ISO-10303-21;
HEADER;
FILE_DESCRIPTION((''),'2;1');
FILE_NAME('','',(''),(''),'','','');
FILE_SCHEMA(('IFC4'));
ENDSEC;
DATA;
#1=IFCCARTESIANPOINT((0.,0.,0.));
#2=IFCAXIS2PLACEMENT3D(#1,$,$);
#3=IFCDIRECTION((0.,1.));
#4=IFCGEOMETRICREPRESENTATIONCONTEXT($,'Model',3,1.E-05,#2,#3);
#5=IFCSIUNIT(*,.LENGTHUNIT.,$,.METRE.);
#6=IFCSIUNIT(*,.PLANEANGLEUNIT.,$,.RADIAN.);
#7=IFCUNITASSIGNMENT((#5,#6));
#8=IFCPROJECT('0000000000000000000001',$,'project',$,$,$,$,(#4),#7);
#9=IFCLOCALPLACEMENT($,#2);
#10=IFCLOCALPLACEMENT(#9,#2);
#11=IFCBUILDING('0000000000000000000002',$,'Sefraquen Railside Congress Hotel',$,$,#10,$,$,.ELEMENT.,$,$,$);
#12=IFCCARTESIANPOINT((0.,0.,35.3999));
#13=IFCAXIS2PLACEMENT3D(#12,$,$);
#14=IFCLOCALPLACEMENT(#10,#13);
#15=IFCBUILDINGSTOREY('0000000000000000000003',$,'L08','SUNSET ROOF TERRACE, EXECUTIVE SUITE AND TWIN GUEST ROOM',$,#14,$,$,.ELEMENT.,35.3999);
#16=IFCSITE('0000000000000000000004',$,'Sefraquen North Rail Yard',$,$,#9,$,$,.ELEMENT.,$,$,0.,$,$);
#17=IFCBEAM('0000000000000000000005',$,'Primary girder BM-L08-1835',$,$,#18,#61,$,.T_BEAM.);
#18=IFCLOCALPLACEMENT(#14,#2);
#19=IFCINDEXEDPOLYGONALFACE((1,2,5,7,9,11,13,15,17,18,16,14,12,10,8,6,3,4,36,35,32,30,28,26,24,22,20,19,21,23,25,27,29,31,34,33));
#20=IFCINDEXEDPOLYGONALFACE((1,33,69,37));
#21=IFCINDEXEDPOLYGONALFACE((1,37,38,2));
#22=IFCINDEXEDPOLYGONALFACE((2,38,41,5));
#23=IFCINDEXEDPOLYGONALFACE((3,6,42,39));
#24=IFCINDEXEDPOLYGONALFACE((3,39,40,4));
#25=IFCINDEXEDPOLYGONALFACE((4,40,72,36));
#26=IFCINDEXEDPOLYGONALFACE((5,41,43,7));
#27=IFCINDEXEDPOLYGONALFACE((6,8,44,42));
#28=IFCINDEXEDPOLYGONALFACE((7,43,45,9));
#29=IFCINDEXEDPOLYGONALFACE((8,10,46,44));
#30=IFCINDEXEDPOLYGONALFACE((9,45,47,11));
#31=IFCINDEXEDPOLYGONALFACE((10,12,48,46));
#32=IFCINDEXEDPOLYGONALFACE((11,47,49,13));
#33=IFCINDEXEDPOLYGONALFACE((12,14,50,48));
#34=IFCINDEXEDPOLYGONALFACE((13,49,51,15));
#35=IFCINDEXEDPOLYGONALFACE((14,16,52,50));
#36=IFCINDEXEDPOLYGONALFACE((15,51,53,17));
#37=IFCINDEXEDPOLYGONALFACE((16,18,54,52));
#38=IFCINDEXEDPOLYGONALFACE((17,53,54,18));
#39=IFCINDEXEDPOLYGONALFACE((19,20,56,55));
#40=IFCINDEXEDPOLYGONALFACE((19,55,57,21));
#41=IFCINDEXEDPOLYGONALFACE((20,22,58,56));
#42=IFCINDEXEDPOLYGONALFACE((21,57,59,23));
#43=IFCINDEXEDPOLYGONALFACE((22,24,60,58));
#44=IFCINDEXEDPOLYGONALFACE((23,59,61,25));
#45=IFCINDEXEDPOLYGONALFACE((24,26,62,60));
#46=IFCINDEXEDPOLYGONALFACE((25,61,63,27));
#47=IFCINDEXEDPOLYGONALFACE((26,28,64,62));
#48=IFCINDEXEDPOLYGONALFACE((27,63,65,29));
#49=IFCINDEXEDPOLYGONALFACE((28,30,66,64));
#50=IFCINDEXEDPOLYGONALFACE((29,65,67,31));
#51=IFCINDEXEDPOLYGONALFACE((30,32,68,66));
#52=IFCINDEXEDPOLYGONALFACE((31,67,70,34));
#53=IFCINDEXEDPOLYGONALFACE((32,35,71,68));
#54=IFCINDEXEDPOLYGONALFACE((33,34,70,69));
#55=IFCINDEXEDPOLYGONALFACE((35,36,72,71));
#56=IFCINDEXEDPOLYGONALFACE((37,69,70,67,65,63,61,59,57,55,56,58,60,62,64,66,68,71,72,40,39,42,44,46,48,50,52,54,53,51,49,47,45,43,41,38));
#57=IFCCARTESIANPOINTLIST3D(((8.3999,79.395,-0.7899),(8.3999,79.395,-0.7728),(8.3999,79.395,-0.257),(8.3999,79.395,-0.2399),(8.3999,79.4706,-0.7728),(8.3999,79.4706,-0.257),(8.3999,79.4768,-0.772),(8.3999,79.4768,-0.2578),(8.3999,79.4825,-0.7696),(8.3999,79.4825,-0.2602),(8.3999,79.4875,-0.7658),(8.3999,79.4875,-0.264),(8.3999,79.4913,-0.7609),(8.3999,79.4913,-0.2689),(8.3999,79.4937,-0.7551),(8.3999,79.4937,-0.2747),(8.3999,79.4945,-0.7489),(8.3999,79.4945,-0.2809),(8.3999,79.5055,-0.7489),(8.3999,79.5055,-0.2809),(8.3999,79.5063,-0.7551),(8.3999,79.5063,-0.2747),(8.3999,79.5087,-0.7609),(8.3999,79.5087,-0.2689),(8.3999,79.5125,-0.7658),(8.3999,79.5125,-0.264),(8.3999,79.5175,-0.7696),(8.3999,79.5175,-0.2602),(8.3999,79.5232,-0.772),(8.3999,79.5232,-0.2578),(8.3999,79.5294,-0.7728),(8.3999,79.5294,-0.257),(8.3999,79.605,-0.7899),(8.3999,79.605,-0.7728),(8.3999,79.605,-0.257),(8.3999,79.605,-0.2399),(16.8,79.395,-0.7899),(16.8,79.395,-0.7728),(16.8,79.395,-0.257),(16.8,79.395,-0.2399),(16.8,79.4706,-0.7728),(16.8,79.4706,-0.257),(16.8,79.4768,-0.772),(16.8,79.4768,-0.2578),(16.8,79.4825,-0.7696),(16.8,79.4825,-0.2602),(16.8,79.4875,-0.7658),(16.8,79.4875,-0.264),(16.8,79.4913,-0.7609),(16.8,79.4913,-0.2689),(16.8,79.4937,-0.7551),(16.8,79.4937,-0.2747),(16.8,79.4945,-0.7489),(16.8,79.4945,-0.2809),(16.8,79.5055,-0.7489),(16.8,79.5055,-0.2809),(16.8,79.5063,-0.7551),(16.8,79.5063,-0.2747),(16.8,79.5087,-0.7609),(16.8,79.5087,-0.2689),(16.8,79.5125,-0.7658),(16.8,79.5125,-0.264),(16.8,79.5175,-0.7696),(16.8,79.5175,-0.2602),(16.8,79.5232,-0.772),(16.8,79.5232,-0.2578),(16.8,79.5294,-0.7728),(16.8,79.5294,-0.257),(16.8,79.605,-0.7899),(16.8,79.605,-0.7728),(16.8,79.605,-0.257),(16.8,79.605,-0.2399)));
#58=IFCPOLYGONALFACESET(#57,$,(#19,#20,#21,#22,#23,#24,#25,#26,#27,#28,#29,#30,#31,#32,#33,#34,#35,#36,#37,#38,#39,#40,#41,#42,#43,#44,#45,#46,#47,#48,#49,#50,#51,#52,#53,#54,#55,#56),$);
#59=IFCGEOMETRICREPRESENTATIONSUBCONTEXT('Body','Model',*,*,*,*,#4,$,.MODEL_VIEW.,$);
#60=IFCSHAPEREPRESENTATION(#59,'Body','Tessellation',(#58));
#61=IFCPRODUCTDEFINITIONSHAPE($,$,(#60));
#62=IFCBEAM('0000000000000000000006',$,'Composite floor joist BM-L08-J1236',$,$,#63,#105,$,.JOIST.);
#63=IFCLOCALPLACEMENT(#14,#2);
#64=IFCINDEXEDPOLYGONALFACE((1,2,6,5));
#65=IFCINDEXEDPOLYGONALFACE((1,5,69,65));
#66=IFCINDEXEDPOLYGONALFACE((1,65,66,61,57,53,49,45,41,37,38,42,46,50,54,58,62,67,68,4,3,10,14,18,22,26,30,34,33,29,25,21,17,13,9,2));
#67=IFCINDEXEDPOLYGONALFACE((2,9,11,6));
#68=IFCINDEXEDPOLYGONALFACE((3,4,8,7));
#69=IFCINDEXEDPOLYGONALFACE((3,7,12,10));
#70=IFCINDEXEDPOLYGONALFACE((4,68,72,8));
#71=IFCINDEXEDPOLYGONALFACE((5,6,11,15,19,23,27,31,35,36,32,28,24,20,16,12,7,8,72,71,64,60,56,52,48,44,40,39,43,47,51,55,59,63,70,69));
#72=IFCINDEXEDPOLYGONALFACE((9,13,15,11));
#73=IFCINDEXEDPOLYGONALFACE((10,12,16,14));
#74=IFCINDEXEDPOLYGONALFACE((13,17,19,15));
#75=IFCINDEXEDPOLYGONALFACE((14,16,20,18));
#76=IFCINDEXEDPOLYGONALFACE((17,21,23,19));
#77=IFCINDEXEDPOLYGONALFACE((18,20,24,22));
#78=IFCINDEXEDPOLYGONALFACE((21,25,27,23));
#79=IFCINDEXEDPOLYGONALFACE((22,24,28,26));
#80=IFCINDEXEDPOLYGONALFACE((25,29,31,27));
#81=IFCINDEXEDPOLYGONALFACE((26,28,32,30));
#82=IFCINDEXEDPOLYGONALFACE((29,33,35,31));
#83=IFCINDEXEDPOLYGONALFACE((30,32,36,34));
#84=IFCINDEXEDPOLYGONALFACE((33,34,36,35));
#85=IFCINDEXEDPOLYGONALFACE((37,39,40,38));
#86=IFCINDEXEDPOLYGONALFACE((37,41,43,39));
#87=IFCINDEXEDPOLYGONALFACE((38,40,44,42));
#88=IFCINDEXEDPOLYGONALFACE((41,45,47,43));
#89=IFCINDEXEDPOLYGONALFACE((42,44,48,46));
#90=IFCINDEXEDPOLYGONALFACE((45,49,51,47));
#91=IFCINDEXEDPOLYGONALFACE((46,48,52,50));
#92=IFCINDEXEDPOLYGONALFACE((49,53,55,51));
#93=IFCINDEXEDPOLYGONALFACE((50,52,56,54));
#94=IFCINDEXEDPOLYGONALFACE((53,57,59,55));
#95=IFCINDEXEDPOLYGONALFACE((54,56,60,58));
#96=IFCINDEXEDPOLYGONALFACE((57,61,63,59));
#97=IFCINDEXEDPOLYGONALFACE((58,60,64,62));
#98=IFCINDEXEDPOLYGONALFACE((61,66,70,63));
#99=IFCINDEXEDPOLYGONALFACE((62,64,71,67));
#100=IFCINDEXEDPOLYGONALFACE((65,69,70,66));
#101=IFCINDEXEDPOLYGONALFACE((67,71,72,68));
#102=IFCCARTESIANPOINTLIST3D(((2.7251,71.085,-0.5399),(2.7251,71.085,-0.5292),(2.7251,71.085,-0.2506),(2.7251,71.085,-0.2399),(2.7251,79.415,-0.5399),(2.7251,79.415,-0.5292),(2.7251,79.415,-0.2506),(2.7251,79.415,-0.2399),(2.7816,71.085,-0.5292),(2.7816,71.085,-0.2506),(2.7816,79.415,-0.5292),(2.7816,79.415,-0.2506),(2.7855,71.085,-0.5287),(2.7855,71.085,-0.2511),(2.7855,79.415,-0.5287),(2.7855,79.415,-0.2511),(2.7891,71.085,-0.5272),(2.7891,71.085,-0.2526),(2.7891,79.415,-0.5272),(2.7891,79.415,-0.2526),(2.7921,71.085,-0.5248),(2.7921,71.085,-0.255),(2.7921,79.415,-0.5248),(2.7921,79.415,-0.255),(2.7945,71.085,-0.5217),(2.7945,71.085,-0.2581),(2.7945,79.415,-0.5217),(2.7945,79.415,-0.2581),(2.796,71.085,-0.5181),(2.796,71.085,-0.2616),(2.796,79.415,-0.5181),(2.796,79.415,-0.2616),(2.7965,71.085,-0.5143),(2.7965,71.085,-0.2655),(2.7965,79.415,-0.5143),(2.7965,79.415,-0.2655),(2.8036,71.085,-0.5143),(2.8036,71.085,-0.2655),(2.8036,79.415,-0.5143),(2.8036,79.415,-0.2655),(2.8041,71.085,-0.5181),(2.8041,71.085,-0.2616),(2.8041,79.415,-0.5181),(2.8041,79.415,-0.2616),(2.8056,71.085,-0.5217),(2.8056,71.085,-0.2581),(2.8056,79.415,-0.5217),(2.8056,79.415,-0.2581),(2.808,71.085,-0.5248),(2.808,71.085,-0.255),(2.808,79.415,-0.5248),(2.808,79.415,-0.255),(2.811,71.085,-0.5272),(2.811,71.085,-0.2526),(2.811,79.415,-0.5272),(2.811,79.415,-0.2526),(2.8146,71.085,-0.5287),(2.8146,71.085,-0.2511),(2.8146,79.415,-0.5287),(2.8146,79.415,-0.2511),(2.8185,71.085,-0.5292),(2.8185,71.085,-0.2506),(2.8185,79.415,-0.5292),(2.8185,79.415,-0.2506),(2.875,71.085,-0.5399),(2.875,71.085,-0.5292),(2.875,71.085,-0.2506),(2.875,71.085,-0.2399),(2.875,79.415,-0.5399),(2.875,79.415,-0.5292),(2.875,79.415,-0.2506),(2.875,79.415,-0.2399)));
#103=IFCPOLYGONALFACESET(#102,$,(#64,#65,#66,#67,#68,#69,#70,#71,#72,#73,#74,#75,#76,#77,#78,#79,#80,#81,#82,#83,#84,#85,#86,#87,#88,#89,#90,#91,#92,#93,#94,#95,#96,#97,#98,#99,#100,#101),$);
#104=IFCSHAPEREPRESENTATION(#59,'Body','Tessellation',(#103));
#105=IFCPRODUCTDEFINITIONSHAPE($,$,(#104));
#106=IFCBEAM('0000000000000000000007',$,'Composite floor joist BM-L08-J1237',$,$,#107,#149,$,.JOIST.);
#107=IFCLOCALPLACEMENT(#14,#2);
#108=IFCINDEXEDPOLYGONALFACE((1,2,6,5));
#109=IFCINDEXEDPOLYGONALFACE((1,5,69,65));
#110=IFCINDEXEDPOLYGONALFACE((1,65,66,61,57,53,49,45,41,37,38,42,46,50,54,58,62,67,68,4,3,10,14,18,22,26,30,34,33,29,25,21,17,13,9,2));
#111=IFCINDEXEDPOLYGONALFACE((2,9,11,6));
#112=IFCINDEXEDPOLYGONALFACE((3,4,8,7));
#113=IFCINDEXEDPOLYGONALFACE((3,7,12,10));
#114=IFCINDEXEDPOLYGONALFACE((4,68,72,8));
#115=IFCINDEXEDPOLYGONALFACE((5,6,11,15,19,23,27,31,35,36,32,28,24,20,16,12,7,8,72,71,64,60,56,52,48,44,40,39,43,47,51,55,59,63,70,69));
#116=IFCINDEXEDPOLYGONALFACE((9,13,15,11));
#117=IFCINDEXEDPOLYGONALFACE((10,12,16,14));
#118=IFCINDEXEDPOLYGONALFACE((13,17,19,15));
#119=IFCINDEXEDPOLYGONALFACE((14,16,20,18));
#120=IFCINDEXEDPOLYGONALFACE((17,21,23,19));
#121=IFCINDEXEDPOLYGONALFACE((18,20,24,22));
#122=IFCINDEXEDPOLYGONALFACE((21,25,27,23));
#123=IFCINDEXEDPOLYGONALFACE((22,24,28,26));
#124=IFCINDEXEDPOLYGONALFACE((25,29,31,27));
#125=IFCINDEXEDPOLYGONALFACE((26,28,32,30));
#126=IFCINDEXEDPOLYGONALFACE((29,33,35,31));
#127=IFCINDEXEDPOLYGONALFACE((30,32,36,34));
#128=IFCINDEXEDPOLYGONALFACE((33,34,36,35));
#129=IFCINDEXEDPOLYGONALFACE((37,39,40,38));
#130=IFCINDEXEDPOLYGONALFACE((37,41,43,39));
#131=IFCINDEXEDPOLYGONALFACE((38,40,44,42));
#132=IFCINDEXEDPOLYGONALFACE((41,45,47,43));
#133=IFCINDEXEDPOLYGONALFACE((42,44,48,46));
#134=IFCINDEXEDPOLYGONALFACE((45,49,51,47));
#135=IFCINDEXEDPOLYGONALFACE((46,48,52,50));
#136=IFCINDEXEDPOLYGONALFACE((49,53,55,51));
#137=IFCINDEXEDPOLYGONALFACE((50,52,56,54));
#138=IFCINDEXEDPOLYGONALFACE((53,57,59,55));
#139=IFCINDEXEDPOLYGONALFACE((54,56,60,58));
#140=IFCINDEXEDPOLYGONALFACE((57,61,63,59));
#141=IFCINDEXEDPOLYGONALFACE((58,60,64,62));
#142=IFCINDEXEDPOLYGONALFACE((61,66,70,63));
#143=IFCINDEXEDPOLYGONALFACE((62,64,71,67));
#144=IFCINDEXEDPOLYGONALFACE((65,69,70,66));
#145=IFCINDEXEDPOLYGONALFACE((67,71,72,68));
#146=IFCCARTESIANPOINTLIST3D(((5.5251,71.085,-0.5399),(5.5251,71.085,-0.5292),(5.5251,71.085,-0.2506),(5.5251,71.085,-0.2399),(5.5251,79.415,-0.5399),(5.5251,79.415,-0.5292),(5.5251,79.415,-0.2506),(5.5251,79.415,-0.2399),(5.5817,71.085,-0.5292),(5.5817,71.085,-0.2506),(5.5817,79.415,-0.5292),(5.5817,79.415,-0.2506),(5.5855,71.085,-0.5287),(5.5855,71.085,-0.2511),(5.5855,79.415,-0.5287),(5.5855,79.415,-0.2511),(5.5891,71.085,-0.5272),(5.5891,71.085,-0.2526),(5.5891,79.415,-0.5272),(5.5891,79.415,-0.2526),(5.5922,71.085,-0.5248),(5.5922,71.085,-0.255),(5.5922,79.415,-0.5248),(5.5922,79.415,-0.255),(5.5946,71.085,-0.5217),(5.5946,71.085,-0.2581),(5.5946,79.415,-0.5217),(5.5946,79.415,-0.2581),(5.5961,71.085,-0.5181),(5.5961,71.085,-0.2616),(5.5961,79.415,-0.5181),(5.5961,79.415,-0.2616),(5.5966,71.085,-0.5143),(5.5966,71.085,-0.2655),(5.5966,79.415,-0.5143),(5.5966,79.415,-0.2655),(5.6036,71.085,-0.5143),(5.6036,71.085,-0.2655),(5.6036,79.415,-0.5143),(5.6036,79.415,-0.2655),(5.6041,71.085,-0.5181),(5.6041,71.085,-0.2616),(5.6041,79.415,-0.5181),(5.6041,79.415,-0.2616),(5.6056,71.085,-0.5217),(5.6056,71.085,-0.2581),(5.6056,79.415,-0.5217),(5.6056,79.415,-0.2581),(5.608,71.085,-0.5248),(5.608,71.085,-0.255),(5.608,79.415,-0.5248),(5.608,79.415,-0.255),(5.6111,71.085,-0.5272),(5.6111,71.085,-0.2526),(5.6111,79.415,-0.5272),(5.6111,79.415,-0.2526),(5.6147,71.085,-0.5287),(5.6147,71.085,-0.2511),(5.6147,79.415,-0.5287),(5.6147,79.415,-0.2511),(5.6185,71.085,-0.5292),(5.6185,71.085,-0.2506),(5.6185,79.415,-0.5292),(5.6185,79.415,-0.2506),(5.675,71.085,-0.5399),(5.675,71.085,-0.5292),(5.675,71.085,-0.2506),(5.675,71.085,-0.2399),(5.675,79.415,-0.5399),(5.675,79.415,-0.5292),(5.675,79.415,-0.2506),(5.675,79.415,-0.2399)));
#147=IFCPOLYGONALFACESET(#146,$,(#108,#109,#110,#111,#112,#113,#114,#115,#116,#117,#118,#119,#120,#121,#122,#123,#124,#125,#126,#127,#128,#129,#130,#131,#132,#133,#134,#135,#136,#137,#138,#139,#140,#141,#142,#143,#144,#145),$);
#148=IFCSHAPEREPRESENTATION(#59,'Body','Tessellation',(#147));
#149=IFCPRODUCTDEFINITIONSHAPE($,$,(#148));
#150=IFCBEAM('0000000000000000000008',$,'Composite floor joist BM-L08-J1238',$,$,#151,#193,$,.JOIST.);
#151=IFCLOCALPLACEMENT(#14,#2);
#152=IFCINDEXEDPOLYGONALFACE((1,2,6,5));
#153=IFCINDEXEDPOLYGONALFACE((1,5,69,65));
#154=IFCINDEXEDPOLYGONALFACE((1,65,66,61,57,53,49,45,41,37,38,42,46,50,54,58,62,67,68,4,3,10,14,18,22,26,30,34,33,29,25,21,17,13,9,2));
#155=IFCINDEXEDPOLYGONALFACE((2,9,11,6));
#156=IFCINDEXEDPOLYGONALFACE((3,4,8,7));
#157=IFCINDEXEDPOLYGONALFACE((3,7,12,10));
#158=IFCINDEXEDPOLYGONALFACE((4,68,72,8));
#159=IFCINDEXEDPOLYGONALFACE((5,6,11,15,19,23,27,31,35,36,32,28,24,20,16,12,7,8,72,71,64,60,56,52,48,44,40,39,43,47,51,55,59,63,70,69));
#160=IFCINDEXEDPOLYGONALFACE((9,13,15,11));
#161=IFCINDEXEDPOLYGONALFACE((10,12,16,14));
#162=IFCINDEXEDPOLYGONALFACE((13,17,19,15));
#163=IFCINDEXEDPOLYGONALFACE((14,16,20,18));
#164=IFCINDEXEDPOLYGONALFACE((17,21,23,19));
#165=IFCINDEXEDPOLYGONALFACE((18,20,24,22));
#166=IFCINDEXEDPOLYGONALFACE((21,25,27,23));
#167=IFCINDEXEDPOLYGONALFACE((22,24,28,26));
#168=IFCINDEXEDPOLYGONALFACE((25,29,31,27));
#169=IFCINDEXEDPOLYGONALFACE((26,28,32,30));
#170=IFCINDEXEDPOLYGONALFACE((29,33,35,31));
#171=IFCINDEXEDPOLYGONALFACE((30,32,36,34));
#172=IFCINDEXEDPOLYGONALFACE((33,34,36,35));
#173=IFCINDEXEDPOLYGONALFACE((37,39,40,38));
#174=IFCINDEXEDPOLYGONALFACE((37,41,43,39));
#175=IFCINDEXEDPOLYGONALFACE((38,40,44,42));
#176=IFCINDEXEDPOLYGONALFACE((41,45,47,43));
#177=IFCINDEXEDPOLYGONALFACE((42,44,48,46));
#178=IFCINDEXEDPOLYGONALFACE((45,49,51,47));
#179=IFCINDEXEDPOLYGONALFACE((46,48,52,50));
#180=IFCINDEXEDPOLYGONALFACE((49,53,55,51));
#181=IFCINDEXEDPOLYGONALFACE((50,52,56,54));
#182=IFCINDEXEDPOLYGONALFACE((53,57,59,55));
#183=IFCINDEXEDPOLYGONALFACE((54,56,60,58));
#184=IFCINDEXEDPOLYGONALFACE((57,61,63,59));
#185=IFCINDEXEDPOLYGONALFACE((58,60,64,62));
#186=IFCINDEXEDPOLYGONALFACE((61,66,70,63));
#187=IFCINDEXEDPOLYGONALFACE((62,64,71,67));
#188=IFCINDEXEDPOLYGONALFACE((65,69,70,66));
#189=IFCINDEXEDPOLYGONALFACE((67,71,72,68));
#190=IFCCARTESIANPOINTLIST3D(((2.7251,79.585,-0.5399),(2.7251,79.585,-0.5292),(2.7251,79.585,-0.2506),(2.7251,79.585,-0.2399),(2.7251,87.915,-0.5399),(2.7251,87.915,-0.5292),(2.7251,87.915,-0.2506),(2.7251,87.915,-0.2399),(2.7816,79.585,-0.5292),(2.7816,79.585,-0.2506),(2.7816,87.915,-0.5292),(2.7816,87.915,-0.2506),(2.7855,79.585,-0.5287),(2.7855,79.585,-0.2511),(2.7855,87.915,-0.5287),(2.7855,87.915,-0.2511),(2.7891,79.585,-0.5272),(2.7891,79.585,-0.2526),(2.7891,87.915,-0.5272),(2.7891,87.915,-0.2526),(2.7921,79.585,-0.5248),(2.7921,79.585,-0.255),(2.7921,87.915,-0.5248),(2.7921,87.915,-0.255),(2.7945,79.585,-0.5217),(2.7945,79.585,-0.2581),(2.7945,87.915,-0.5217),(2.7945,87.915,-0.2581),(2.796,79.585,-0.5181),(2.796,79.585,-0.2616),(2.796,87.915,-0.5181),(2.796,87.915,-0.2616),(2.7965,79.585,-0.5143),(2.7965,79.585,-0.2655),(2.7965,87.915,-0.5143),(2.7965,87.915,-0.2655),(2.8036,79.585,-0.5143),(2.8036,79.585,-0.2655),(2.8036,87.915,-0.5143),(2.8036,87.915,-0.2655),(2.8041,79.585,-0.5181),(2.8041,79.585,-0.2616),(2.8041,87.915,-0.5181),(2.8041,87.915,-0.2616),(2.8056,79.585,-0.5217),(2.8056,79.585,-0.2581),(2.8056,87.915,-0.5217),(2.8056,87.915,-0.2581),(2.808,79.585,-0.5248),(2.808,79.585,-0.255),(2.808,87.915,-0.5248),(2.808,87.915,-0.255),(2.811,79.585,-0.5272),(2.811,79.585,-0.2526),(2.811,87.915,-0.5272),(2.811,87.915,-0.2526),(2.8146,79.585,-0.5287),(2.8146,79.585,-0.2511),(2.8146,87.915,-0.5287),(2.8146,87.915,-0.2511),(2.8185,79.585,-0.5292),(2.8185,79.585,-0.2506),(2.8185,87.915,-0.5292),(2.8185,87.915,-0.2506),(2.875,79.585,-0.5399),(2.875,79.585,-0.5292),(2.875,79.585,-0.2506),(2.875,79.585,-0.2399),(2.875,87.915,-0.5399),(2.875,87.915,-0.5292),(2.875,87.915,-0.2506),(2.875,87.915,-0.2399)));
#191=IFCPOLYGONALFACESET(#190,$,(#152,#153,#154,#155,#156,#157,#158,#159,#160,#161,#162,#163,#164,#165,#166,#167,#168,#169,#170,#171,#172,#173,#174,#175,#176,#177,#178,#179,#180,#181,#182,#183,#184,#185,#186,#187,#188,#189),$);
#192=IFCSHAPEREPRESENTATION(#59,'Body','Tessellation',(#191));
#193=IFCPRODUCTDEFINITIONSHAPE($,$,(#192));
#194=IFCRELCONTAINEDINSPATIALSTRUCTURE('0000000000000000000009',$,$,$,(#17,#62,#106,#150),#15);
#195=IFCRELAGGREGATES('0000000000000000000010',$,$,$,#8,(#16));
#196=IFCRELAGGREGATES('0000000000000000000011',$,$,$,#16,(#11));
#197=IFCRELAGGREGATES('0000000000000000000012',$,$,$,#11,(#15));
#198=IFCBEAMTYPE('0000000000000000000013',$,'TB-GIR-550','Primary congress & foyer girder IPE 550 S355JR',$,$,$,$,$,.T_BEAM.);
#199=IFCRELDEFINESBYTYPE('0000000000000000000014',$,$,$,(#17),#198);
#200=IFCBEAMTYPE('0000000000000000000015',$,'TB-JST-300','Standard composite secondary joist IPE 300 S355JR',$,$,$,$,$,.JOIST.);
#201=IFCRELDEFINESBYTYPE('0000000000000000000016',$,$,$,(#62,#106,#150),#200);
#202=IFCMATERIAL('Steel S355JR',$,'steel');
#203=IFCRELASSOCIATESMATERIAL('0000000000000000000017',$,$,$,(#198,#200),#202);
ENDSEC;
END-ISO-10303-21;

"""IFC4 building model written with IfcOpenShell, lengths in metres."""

from ifc_helpers import new_model, si_unit, direction, frame, origin, origin_2d, place, context, subcontext, project, spatial, i_section, extrude, material, material_profile, profile_set, type_object, element, save


model = new_model("IFC4")

# Units and contexts
model_context = context("Model", 3, precision=1e-05, world=origin(), true_north=direction((0.0, 1.0)))
body_context = subcontext(model_context, "Body", "Model", "MODEL_VIEW")
ifc_project = project(units=[si_unit("LENGTHUNIT", "METRE"), si_unit("PLANEANGLEUNIT", "RADIAN")], contexts=[model_context])

# Site, building, storey
site_placement = place(None, origin())
site = spatial("IfcSite", under=ifc_project, at=site_placement, Name="Sefraquen North Rail Yard", CompositionType="ELEMENT", RefElevation=0.0)
building_placement = place(site_placement, origin())
building = spatial("IfcBuilding", under=site, at=building_placement, Name="Sefraquen Railside Congress Hotel", CompositionType="ELEMENT")
storey_placement = place(building_placement, frame((0.0, 0.0, 35.3999)))
storey = spatial("IfcBuildingStorey", under=building, at=storey_placement, Name="L08", Description="SUNSET ROOF TERRACE, EXECUTIVE SUITE AND TWIN GUEST ROOM", CompositionType="ELEMENT", Elevation=35.3999)

# Shared definitions
ifc_material_1 = material(Name="Steel S355JR", Category="steel")

# Beams
ifc_material_profile_1 = material_profile(ifc_material_1, i_section(OverallWidth=0.21, OverallDepth=0.55, WebThickness=0.011, FlangeThickness=0.0171, FilletRadius=0.0239, at=origin_2d()), Name="IPE 550")
ifc_profile_set_1 = profile_set([ifc_material_profile_1], Name="Steel S355JR")
beam_type_1 = type_object("IfcBeamType", Name="TB-GIR-550", Description="Primary congress & foyer girder IPE 550 S355JR", PredefinedType="T_BEAM", material=ifc_profile_set_1)
beam_1_placement = place(storey_placement, frame((8.3999, 79.5, -0.5149), z_axis=(1.0, 0.0, 0.0), x_axis=(0.0, 1.0, 0.0)))
element("IfcBeam", 1, at=beam_1_placement, inside=storey, type_object=beam_type_1, Name="Primary girder BM-L08-1835", PredefinedType="T_BEAM", context=body_context, shape_type="SweptSolid", body=[
    extrude(i_section(OverallWidth=0.21, OverallDepth=0.55, WebThickness=0.011, FlangeThickness=0.0171, FilletRadius=0.0239, at=origin_2d()), origin(), (0.0, 0.0, 1.0), 8.4001),
])
ifc_material_profile_2 = material_profile(ifc_material_1, i_section(OverallWidth=0.1499, OverallDepth=0.3, WebThickness=0.0071, FlangeThickness=0.0107, FilletRadius=0.0149, at=origin_2d()), Name="IPE 300")
ifc_profile_set_2 = profile_set([ifc_material_profile_2], Name="Steel S355JR")
beam_type_2 = type_object("IfcBeamType", Name="TB-JST-300", Description="Standard composite secondary joist IPE 300 S355JR", PredefinedType="JOIST", material=ifc_profile_set_2)
for number, where, z_axis, x_axis, name in (
    (2, (2.8, 71.085, -0.3899), (0.0, 1.0, 0.0), (-1.0, 0.0, 0.0), "Composite floor joist BM-L08-J1236"),
    (3, (5.6001, 71.085, -0.3899), (0.0, 1.0, 0.0), (-1.0, 0.0, 0.0), "Composite floor joist BM-L08-J1237"),
    (4, (2.8, 79.585, -0.3899), (0.0, 1.0, 0.0), (-1.0, 0.0, 0.0), "Composite floor joist BM-L08-J1238"),
):
    element("IfcBeam", number, at=place(storey_placement, frame(where, z_axis=z_axis, x_axis=x_axis)), inside=storey, type_object=beam_type_2, Name=name, PredefinedType="JOIST", context=body_context, shape_type="SweptSolid", body=[
        extrude(i_section(OverallWidth=0.1499, OverallDepth=0.3, WebThickness=0.0071, FlangeThickness=0.0107, FilletRadius=0.0149, at=origin_2d()), origin(), (0.0, 0.0, 1.0), 8.3301),
    ])

save(model, "model.ifc")
